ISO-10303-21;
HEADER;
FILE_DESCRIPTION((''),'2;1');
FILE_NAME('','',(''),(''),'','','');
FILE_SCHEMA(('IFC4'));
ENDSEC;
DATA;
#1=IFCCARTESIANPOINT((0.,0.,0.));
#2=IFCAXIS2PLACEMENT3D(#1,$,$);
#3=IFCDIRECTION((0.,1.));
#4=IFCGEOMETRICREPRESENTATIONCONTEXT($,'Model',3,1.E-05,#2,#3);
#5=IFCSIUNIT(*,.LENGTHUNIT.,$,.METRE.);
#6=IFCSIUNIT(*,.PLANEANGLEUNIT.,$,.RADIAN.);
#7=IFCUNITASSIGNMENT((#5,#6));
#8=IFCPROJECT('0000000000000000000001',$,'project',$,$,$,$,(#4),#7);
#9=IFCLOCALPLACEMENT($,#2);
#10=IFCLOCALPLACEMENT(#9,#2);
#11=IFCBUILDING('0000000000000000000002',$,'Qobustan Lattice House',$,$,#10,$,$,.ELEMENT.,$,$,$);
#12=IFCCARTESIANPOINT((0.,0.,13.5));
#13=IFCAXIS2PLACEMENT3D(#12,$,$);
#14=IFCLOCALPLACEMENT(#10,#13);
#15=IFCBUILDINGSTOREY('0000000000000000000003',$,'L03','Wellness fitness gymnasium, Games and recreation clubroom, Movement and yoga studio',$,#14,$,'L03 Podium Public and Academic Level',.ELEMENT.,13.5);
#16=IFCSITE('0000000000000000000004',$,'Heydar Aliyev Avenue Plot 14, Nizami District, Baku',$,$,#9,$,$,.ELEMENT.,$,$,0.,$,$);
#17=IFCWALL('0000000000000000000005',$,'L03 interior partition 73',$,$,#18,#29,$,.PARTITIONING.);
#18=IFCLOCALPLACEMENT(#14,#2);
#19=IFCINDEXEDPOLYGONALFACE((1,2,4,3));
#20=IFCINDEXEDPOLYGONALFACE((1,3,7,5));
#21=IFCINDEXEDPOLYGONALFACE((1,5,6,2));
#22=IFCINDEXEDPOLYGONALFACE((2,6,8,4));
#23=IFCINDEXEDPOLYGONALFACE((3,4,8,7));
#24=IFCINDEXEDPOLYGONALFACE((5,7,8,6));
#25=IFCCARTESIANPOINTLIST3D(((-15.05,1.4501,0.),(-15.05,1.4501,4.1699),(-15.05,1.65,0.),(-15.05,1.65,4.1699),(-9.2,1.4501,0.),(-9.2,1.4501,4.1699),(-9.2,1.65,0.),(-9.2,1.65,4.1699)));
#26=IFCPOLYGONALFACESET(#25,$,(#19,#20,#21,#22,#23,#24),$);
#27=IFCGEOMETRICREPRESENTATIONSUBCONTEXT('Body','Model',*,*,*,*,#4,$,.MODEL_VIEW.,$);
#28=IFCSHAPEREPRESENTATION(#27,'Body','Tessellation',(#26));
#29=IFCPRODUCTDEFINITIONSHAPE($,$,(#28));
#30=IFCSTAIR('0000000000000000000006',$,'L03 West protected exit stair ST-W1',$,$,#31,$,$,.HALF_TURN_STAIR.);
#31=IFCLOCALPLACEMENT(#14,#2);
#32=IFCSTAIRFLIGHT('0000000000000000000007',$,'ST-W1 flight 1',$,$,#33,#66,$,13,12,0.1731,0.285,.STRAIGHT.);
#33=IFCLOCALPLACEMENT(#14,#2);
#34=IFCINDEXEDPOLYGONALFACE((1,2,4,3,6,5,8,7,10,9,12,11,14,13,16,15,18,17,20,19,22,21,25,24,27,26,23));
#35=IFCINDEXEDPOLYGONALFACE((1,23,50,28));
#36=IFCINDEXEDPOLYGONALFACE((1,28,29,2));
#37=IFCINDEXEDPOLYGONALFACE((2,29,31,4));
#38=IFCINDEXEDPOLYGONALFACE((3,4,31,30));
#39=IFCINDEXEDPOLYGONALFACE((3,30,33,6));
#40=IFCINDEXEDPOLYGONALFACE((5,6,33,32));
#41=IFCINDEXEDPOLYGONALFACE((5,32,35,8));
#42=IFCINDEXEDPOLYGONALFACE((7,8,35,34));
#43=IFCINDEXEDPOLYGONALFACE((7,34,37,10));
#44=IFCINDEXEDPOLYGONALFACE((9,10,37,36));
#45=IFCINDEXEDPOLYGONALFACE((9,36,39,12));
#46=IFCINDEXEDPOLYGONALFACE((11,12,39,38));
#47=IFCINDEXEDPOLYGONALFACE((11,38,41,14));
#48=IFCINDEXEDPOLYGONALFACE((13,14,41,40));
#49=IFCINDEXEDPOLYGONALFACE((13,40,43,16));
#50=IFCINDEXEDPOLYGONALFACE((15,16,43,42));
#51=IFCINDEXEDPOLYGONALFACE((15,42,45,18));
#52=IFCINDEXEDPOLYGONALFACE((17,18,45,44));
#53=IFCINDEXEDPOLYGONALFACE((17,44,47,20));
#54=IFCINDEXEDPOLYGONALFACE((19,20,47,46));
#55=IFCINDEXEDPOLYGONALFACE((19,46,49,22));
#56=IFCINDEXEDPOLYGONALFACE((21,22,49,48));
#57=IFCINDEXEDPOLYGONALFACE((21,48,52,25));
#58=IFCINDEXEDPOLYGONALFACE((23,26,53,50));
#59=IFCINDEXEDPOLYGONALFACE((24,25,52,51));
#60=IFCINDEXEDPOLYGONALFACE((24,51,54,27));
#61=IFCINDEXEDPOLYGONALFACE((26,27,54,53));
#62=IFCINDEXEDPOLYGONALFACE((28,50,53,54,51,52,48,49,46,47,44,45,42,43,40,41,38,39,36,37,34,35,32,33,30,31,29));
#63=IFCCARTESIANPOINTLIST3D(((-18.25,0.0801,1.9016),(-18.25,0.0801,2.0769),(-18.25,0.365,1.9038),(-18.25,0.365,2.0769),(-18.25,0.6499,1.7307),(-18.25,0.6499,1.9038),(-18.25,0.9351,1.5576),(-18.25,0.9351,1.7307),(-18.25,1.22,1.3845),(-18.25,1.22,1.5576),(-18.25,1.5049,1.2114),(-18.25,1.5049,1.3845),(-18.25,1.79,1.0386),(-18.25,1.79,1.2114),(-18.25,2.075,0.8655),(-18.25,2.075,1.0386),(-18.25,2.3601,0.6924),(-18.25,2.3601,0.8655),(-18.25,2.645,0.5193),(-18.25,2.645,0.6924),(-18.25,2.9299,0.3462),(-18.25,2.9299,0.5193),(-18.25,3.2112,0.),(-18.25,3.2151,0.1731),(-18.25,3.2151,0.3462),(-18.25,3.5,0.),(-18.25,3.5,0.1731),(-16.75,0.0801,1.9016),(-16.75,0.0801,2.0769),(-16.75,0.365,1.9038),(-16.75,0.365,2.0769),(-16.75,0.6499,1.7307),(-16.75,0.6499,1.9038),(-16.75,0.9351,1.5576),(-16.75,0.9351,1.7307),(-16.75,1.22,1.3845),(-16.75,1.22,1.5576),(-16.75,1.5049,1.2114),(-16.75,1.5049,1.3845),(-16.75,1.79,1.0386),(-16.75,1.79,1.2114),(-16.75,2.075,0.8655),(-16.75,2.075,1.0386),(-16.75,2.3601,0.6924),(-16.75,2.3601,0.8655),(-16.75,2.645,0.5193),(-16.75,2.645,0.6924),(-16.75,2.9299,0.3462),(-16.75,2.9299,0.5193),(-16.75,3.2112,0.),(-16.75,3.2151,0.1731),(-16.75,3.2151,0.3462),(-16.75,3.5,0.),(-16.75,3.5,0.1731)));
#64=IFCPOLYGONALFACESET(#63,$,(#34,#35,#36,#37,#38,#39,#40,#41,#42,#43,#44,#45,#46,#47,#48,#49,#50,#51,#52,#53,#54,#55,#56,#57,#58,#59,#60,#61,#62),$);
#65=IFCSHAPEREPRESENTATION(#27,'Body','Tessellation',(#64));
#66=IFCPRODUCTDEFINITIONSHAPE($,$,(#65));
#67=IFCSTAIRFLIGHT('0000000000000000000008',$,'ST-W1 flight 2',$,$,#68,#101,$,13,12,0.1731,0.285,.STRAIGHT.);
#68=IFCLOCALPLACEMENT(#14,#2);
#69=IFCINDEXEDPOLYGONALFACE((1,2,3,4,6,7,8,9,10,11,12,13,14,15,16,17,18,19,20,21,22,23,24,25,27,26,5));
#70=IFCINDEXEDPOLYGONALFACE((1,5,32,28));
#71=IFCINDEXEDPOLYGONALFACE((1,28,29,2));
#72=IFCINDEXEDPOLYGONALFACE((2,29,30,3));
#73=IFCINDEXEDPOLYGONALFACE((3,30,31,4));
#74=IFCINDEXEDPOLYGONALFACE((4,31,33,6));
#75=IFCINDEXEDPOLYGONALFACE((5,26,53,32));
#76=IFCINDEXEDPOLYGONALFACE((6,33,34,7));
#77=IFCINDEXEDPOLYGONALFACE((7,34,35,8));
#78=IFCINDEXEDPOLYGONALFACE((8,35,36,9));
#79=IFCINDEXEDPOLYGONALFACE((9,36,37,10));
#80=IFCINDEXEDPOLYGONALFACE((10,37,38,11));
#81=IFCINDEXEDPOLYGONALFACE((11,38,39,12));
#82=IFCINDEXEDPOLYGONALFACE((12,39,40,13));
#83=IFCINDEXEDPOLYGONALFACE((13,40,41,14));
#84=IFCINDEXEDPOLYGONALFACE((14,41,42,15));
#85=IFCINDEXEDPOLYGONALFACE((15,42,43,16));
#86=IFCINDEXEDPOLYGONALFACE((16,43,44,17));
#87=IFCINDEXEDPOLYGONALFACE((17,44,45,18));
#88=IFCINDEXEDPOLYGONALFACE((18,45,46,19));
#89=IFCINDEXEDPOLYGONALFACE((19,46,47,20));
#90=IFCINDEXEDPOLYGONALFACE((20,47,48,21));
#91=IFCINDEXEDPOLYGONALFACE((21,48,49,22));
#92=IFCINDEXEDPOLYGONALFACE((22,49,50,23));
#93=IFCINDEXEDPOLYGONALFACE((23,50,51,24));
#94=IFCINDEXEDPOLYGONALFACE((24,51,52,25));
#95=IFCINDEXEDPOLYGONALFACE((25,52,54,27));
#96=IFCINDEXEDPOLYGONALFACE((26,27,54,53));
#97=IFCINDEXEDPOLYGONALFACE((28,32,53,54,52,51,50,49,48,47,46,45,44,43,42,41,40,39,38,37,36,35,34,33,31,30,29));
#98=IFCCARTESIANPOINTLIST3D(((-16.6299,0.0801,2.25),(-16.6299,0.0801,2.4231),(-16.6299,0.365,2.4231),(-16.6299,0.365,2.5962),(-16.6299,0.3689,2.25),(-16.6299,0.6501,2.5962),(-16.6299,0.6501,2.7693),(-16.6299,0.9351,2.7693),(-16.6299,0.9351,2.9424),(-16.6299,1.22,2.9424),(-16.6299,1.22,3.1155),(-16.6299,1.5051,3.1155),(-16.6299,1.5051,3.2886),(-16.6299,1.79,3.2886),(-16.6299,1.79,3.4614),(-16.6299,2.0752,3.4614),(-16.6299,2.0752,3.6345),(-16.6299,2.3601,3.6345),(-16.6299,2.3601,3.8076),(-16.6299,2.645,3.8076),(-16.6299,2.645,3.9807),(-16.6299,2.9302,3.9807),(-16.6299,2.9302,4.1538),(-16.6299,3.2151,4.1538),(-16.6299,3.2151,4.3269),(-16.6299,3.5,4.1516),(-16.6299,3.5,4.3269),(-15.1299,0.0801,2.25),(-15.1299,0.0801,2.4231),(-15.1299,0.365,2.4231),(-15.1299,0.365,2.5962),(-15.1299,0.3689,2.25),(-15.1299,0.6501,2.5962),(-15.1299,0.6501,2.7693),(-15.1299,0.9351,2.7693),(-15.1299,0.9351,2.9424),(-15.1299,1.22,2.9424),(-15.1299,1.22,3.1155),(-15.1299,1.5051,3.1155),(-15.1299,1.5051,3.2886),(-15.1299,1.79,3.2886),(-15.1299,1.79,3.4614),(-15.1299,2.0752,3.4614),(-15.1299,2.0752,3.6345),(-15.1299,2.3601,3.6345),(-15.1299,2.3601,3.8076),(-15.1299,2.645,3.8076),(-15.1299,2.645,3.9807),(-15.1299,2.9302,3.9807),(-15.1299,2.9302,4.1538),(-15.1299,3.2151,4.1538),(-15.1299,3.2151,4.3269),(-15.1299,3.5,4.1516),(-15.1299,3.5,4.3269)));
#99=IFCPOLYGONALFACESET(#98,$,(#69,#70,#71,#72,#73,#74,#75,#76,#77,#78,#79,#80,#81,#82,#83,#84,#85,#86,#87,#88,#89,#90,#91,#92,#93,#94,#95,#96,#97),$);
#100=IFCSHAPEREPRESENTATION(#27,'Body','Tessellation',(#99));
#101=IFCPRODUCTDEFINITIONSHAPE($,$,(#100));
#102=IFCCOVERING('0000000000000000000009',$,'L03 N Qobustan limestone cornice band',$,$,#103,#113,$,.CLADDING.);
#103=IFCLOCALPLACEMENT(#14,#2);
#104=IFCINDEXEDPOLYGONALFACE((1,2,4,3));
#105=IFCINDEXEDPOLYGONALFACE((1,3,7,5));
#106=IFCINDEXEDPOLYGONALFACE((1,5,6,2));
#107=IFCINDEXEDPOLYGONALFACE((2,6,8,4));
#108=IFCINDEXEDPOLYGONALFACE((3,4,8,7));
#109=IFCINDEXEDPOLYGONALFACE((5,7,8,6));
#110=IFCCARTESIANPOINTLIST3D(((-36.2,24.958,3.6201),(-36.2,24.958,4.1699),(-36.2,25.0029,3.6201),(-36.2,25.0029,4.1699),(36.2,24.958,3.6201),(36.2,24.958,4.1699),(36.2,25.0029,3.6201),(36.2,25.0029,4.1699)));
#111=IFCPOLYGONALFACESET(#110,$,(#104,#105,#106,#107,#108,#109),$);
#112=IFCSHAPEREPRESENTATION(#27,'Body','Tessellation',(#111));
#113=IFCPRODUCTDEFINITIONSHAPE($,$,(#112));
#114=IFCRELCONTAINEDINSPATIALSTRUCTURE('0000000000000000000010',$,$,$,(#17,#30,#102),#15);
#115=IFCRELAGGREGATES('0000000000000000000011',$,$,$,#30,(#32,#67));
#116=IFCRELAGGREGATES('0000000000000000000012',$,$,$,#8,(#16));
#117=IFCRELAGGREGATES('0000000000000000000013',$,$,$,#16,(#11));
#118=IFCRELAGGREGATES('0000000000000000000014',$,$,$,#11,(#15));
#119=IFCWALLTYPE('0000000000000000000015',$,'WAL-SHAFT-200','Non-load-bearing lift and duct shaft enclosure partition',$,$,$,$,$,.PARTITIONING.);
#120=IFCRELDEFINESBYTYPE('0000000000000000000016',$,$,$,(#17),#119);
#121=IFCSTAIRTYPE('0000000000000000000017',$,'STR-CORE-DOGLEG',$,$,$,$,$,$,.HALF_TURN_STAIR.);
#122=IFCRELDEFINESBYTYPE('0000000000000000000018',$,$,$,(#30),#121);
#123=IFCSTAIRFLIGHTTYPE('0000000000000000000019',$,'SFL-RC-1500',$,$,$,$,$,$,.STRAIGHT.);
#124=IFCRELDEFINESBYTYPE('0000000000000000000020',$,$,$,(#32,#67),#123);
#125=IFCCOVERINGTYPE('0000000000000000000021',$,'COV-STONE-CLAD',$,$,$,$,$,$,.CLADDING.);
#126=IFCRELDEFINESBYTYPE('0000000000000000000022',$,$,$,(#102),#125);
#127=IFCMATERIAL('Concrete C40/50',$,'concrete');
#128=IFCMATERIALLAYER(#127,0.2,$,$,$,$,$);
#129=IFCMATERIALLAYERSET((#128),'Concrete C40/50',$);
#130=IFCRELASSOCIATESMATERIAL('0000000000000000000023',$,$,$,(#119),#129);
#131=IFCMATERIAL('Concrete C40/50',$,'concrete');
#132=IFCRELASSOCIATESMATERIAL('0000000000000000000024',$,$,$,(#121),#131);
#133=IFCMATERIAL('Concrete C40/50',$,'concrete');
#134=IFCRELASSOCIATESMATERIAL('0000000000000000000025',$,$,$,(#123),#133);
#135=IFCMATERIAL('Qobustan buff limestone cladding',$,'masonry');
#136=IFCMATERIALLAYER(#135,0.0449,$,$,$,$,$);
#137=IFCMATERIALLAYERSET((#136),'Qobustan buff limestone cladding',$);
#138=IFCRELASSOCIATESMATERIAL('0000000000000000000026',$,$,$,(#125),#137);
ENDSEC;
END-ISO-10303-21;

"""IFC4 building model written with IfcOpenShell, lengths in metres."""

from ifc_helpers import new_model, si_unit, direction, frame, frame_2d, origin, place, context, subcontext, project, spatial, polyline, rectangle, outline, extrude, material, layer, layer_set, type_object, element, aggregate, save


model = new_model("IFC4")

# Units and contexts
model_context = context("Model", 3, precision=1e-05, world=origin(), true_north=direction((0.0, 1.0)))
body_context = subcontext(model_context, "Body", "Model", "MODEL_VIEW")
ifc_project = project(units=[si_unit("LENGTHUNIT", "METRE"), si_unit("PLANEANGLEUNIT", "RADIAN")], contexts=[model_context])

# Site, building, storey
site_placement = place(None, origin())
site = spatial("IfcSite", under=ifc_project, at=site_placement, Name="Heydar Aliyev Avenue Plot 14, Nizami District, Baku", CompositionType="ELEMENT", RefElevation=0.0)
building_placement = place(site_placement, origin())
building = spatial("IfcBuilding", under=site, at=building_placement, Name="Qobustan Lattice House", CompositionType="ELEMENT")
storey_placement = place(building_placement, frame((0.0, 0.0, 13.5)))
storey = spatial("IfcBuildingStorey", under=building, at=storey_placement, Name="L03", Description="Wellness fitness gymnasium, Games and recreation clubroom, Movement and yoga studio", LongName="L03 Podium Public and Academic Level", CompositionType="ELEMENT", Elevation=13.5)

# Wall
ifc_material_1 = material(Name="Concrete C40/50", Category="concrete")
ifc_layer_1 = layer(ifc_material_1, 0.2)
ifc_layer_set_1 = layer_set([ifc_layer_1], Name="Concrete C40/50")
wall_type = type_object("IfcWallType", Name="WAL-SHAFT-200", Description="Non-load-bearing lift and duct shaft enclosure partition", PredefinedType="PARTITIONING", material=ifc_layer_set_1)
wall_1_placement = place(storey_placement, frame((-15.05, 1.55, 0.0), z_axis=(0.0, 0.0, 1.0), x_axis=(1.0, 0.0, 0.0)))
element("IfcWall", 1, at=wall_1_placement, inside=storey, type_object=wall_type, Name="L03 interior partition 73", PredefinedType="PARTITIONING", context=body_context, shape_type="SweptSolid", body=[
    extrude(rectangle(XDim=5.8501, YDim=0.2, at=frame_2d((2.925, 0.0))), origin(), (0.0, 0.0, 1.0), 4.1699),
])

# Stair, stair flights
ifc_material_2 = material(Name="Concrete C40/50", Category="concrete")
stair_type = type_object("IfcStairType", Name="STR-CORE-DOGLEG", PredefinedType="HALF_TURN_STAIR", material=ifc_material_2)
stair_placement = place(storey_placement, origin())
stair = element("IfcStair", 2, at=stair_placement, inside=storey, type_object=stair_type, Name="L03 West protected exit stair ST-W1", PredefinedType="HALF_TURN_STAIR")
ifc_material_3 = material(Name="Concrete C40/50", Category="concrete")
stair_flight_type = type_object("IfcStairFlightType", Name="SFL-RC-1500", PredefinedType="STRAIGHT", material=ifc_material_3)
stair_flight_1_placement = place(storey_placement, frame((-17.5, 3.5, 0.0), z_axis=(0.0, 0.0, 1.0), x_axis=(0.0, -1.0, 0.0)))
stair_flight_1 = element("IfcStairFlight", 3, at=stair_flight_1_placement, type_object=stair_flight_type, Name="ST-W1 flight 1", NumberOfRisers=13, NumberOfTreads=12, PredefinedType="STRAIGHT", RiserHeight=0.1731, TreadLength=0.285, context=body_context, shape_type="SweptSolid", body=[
    extrude(outline(polyline([(0.0, 0.0), (0.0, 0.1731), (0.2849, 0.1731), (0.2849, 0.3462), (0.5701, 0.3462), (0.5701, 0.5193), (0.855, 0.5193), (0.855, 0.6924), (1.1399, 0.6924), (1.1399, 0.8655), (1.425, 0.8655), (1.425, 1.0386), (1.71, 1.0386), (1.71, 1.2114), (1.9951, 1.2114), (1.9951, 1.3845), (2.28, 1.3845), (2.28, 1.5576), (2.5649, 1.5576), (2.5649, 1.7307), (2.8501, 1.7307), (2.8501, 1.9038), (3.135, 1.9038), (3.135, 2.0769), (3.4199, 2.0769), (3.4199, 2.25), (3.4199, 1.9016), (0.2888, 0.0), (0.0, 0.0)])), frame((0.0, 0.75, 0.0), z_axis=(0.0, -1.0, 0.0), x_axis=(1.0, 0.0, 0.0)), (0.0, 0.0, 1.0), 1.5),
])
stair_flight_2_placement = place(storey_placement, frame((-15.8799, 0.0801, 2.25), z_axis=(0.0, 0.0, 1.0), x_axis=(0.0, 1.0, 0.0)))
stair_flight_2 = element("IfcStairFlight", 4, at=stair_flight_2_placement, type_object=stair_flight_type, Name="ST-W1 flight 2", NumberOfRisers=13, NumberOfTreads=12, PredefinedType="STRAIGHT", RiserHeight=0.1731, TreadLength=0.285, context=body_context, shape_type="SweptSolid", body=[
    extrude(outline(polyline([(0.0, 0.0), (0.0, 0.1731), (0.2849, 0.1731), (0.2849, 0.3462), (0.5701, 0.3462), (0.5701, 0.5193), (0.855, 0.5193), (0.855, 0.6924), (1.1399, 0.6924), (1.1399, 0.8655), (1.425, 0.8655), (1.425, 1.0386), (1.71, 1.0386), (1.71, 1.2114), (1.9951, 1.2114), (1.9951, 1.3845), (2.28, 1.3845), (2.28, 1.5576), (2.5649, 1.5576), (2.5649, 1.7307), (2.8501, 1.7307), (2.8501, 1.9038), (3.135, 1.9038), (3.135, 2.0769), (3.4199, 2.0769), (3.4199, 2.25), (3.4199, 1.9016), (0.2888, 0.0), (0.0, 0.0)])), frame((0.0, 0.75, 0.0), z_axis=(0.0, -1.0, 0.0), x_axis=(1.0, 0.0, 0.0)), (0.0, 0.0, 1.0), 1.5),
])
aggregate(stair, [stair_flight_1, stair_flight_2])

# Covering
ifc_material_4 = material(Name="Qobustan buff limestone cladding", Category="masonry")
ifc_layer_2 = layer(ifc_material_4, 0.0449)
ifc_layer_set_2 = layer_set([ifc_layer_2], Name="Qobustan buff limestone cladding")
covering_type = type_object("IfcCoveringType", Name="COV-STONE-CLAD", PredefinedType="CLADDING", material=ifc_layer_set_2)
covering_placement = place(storey_placement, frame((0.0, 0.0, 3.6201)))
element("IfcCovering", 5, at=covering_placement, inside=storey, type_object=covering_type, Name="L03 N Qobustan limestone cornice band", PredefinedType="CLADDING", context=body_context, shape_type="SweptSolid", body=[
    extrude(outline(polyline([(-36.2, 24.958), (-36.2, 25.0029), (36.2, 25.0029), (36.2, 24.958), (-36.2, 24.958)])), origin(), (0.0, 0.0, 1.0), 0.5498),
])

save(model, "model.ifc")
